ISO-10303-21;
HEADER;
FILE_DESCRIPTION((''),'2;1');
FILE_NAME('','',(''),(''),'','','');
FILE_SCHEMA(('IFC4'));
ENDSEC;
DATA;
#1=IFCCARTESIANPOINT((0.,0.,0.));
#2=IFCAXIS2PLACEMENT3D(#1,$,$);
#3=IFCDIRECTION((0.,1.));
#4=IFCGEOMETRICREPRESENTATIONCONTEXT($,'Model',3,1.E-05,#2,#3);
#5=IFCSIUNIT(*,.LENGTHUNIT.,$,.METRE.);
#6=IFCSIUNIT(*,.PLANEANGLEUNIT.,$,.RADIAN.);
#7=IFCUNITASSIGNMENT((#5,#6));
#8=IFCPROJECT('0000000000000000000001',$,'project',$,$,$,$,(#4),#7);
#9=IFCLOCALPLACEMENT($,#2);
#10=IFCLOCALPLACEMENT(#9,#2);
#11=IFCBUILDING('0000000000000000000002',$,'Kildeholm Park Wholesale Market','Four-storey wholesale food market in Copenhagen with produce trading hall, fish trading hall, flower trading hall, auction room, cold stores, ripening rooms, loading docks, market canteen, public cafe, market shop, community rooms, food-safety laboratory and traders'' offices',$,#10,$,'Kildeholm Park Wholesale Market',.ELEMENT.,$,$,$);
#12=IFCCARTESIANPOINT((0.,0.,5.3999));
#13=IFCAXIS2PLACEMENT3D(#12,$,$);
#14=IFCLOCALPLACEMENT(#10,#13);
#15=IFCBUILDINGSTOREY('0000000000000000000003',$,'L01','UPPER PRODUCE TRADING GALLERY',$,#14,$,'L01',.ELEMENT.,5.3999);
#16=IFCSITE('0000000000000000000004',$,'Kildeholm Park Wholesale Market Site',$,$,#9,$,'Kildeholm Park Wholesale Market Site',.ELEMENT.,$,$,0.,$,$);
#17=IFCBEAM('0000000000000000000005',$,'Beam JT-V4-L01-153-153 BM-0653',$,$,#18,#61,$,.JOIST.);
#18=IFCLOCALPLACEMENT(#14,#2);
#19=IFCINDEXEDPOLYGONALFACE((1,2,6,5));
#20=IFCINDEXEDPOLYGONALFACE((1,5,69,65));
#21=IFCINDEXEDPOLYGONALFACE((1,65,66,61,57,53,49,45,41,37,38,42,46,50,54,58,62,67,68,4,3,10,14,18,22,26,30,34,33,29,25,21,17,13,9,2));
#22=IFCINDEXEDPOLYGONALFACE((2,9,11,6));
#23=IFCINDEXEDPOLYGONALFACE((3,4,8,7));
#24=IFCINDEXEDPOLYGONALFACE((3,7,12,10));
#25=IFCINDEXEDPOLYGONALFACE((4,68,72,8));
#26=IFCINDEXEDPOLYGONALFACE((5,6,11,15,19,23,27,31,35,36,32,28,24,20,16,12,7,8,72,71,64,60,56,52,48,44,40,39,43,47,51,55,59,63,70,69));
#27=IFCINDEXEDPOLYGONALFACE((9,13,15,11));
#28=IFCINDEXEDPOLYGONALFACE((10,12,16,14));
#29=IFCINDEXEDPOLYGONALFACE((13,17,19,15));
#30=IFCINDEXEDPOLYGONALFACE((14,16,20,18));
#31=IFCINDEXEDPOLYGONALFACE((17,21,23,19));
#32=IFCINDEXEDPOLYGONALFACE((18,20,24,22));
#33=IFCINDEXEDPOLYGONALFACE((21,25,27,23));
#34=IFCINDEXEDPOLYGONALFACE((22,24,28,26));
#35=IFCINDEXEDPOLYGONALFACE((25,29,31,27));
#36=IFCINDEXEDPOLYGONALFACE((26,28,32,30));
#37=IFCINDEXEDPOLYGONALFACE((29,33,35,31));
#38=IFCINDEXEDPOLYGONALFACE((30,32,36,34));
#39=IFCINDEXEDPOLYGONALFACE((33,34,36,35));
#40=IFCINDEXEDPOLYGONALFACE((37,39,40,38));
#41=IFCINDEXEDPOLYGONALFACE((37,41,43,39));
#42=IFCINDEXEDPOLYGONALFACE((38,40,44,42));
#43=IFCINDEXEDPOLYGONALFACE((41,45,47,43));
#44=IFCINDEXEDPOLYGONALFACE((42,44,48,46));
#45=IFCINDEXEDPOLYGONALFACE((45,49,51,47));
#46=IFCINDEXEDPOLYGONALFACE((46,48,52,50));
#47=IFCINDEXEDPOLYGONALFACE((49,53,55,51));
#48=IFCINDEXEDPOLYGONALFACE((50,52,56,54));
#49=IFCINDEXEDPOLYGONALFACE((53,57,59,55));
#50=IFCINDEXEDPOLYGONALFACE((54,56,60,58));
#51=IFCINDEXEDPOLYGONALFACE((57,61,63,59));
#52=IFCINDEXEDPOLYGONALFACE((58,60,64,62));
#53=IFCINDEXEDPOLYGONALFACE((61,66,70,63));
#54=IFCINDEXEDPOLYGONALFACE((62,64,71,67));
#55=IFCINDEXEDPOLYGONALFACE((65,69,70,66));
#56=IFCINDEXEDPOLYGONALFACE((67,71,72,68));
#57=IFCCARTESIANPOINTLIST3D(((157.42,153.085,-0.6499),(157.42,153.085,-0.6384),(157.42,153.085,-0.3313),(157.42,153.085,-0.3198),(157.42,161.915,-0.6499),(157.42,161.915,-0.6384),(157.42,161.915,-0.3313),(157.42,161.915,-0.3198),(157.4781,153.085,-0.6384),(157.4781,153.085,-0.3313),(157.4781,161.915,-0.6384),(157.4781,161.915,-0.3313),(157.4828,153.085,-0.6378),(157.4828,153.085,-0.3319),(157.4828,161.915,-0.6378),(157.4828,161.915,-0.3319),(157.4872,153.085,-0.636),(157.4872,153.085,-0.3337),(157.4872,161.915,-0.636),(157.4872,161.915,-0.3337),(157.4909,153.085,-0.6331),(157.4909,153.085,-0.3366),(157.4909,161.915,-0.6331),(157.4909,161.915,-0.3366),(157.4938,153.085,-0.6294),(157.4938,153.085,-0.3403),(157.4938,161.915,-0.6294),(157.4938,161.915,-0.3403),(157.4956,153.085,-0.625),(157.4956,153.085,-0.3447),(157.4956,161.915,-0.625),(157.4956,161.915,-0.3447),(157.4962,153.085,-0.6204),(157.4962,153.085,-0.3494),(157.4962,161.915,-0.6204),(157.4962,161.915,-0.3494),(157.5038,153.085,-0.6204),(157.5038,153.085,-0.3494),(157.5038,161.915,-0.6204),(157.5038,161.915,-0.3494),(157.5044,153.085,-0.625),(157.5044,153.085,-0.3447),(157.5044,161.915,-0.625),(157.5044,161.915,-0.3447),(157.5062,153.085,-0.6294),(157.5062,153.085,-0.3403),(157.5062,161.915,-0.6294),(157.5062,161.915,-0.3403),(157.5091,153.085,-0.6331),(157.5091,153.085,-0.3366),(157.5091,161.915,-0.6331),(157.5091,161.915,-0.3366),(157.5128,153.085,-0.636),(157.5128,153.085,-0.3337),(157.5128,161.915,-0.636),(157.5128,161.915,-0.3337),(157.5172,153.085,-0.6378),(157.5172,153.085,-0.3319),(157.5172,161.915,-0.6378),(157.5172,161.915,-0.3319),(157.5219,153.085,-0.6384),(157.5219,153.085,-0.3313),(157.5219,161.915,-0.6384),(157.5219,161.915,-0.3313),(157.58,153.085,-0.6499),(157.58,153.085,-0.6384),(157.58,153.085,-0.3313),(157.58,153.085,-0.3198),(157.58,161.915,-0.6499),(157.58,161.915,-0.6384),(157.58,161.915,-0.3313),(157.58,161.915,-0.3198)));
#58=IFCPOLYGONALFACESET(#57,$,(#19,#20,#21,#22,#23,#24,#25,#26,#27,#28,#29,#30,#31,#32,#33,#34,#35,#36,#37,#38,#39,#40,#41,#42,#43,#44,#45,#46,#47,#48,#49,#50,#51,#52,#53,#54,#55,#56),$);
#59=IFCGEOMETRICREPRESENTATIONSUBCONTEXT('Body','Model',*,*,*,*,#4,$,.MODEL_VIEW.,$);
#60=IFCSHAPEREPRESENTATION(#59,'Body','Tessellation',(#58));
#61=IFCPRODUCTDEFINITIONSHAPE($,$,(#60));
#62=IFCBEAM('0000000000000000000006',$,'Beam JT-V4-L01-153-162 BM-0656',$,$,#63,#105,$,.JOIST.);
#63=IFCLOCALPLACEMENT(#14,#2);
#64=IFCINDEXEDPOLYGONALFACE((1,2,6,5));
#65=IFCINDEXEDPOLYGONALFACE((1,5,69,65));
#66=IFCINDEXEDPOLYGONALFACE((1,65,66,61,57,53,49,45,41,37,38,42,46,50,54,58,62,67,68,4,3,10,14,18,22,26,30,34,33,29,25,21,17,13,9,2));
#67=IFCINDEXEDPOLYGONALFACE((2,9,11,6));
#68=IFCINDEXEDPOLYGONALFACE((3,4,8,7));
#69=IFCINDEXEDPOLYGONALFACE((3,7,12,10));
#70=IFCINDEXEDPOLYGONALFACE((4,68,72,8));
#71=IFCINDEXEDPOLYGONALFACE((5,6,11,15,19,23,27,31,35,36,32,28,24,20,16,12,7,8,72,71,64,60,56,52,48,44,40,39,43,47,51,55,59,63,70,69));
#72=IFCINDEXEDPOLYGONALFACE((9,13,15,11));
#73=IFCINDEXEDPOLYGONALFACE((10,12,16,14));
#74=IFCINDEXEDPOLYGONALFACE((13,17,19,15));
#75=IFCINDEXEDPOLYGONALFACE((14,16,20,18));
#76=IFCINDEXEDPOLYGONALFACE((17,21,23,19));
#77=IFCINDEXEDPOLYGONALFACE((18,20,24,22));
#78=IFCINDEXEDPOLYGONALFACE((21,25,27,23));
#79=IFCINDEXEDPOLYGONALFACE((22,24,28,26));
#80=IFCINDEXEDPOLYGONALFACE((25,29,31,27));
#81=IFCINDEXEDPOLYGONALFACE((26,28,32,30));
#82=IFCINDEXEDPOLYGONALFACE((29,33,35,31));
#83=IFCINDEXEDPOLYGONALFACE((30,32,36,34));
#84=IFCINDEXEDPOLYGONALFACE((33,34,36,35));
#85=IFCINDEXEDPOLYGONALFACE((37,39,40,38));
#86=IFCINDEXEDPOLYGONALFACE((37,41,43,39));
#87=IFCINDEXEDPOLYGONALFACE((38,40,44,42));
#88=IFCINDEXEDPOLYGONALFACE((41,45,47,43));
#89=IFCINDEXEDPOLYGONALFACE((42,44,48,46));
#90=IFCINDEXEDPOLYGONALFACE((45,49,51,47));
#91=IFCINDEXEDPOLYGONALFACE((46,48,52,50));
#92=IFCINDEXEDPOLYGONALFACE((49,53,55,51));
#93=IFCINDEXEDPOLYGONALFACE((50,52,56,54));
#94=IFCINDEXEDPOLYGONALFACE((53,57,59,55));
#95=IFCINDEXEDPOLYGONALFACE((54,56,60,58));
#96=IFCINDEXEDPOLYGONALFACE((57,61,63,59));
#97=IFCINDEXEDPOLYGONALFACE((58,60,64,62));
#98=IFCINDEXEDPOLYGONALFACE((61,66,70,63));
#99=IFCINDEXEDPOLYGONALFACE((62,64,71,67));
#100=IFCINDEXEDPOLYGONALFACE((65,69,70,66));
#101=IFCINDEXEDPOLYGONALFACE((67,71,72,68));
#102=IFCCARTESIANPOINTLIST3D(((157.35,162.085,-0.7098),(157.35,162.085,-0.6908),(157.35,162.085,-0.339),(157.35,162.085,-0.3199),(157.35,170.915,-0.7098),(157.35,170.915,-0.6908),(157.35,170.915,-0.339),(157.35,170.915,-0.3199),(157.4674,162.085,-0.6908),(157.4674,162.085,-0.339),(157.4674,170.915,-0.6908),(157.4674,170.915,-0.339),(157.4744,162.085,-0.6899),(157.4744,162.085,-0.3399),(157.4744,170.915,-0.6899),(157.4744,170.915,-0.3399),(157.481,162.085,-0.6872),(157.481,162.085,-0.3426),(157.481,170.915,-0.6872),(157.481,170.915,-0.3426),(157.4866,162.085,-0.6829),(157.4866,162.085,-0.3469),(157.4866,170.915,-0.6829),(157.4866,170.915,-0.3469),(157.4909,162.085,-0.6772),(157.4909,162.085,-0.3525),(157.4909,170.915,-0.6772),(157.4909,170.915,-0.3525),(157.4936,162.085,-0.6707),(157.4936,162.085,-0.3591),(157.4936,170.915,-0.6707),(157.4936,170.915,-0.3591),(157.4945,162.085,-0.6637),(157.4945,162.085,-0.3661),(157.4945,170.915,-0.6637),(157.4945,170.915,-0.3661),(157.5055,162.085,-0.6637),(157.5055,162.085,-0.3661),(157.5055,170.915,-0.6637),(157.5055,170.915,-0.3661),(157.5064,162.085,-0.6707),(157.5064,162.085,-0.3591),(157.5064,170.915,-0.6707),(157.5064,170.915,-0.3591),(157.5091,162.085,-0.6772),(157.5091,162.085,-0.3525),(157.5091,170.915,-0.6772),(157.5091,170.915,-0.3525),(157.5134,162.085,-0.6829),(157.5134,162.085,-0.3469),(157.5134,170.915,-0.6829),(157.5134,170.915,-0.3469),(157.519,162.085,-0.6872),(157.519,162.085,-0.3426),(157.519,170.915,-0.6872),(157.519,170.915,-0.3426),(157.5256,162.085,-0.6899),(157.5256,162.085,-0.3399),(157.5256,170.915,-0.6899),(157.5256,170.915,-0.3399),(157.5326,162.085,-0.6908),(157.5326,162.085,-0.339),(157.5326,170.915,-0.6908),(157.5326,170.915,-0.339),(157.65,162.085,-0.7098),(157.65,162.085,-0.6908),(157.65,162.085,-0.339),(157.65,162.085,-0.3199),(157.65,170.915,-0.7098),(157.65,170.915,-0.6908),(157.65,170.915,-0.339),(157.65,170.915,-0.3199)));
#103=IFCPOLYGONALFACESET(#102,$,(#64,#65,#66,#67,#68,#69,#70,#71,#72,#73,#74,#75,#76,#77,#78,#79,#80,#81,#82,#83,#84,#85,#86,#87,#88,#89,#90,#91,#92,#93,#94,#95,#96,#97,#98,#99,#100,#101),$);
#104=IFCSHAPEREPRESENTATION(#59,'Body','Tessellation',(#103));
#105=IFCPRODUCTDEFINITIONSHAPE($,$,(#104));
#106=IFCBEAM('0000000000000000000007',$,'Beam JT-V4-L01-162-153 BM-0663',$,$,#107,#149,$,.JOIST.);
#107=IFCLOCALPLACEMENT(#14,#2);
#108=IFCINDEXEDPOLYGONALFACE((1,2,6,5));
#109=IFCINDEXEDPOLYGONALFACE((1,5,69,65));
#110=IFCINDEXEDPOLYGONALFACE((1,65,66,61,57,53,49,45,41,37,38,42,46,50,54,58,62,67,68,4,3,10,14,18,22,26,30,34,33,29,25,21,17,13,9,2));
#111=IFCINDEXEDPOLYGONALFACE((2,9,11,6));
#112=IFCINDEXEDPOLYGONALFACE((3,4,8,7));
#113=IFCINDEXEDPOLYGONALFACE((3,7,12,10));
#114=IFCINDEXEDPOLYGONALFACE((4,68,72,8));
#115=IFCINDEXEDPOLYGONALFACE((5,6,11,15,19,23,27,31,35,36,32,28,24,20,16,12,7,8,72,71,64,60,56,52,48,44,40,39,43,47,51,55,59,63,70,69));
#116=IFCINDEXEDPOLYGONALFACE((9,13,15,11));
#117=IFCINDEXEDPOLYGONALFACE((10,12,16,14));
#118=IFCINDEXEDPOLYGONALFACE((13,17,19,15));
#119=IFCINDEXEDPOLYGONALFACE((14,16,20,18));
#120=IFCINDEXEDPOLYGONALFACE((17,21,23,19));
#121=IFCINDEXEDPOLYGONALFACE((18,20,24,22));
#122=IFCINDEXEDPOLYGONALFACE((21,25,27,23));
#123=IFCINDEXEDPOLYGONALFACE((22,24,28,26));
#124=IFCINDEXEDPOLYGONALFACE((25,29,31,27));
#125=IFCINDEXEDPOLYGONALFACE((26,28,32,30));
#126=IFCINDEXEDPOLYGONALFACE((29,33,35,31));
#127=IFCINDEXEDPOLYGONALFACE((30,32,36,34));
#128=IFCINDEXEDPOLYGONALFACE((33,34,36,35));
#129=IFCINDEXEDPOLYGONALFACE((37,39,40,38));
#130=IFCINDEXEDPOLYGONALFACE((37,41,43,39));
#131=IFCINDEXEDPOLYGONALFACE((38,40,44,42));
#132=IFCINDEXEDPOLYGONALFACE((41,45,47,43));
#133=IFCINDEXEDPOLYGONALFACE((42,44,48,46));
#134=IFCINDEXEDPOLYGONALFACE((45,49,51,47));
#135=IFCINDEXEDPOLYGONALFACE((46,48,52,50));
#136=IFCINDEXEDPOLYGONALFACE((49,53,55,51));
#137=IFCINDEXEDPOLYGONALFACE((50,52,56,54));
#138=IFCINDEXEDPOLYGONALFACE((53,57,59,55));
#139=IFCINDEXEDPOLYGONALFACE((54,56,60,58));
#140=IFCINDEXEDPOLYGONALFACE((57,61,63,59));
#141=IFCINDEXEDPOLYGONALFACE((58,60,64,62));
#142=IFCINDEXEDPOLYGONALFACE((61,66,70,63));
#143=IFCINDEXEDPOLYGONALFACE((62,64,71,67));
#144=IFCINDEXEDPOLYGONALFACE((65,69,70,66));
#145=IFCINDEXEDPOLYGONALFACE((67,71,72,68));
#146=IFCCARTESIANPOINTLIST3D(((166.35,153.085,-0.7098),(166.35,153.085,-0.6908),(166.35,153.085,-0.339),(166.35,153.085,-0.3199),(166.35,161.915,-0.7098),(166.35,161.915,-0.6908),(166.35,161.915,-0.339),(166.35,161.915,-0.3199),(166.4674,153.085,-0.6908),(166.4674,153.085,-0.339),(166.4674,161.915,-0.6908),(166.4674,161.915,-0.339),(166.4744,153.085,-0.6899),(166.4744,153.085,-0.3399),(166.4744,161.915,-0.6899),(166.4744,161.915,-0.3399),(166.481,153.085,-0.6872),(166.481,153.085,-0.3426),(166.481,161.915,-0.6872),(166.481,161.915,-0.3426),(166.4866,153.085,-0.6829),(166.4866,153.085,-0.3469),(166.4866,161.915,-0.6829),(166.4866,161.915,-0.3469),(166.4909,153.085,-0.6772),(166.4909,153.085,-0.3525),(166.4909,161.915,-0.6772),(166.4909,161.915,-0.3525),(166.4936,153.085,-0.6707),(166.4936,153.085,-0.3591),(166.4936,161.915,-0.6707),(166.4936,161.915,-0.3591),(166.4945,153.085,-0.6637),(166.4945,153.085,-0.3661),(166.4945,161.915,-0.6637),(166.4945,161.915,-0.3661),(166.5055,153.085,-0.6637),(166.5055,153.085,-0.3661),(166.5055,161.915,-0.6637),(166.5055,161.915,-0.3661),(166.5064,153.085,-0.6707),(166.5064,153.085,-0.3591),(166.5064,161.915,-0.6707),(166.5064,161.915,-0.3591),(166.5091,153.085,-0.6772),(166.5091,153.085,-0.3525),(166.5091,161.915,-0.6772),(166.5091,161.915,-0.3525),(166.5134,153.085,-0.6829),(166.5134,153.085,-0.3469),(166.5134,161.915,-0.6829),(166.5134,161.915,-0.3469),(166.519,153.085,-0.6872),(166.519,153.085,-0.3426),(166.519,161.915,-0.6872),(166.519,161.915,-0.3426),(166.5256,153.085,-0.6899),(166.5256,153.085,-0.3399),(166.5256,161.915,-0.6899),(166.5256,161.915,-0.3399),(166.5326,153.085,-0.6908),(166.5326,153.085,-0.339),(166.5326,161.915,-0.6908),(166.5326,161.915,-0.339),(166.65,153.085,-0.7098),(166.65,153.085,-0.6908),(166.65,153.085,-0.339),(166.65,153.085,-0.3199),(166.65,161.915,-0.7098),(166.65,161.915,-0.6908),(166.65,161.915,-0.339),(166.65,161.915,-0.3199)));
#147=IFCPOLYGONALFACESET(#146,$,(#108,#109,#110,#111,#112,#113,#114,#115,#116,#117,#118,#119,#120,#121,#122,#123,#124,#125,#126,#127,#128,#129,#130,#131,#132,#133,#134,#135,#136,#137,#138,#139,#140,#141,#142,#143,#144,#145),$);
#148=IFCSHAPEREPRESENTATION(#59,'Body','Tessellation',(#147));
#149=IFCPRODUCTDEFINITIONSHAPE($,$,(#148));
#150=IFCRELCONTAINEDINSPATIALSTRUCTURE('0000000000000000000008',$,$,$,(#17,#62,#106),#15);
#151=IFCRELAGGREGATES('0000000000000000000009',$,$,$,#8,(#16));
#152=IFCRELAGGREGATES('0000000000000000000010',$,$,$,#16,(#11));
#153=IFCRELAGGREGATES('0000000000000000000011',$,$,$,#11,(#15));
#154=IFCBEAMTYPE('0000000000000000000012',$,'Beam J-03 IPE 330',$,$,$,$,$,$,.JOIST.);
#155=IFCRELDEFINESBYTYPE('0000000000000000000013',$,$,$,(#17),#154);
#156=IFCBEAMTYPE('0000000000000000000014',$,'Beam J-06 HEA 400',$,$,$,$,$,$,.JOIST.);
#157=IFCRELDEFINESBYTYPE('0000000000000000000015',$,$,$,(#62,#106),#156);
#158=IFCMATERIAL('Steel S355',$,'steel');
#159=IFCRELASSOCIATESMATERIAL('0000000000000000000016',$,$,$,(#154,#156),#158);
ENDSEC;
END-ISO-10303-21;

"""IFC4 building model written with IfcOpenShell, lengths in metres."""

from ifc_helpers import new_model, si_unit, direction, frame, origin, origin_2d, place, context, subcontext, project, spatial, i_section, extrude, material, material_profile, profile_set, type_object, element, save


model = new_model("IFC4")

# Units and contexts
model_context = context("Model", 3, precision=1e-05, world=origin(), true_north=direction((0.0, 1.0)))
body_context = subcontext(model_context, "Body", "Model", "MODEL_VIEW")
ifc_project = project(units=[si_unit("LENGTHUNIT", "METRE"), si_unit("PLANEANGLEUNIT", "RADIAN")], contexts=[model_context])

# Site, building, storey
site_placement = place(None, origin())
site = spatial("IfcSite", under=ifc_project, at=site_placement, Name="Kildeholm Park Wholesale Market Site", LongName="Kildeholm Park Wholesale Market Site", CompositionType="ELEMENT", RefElevation=0.0)
building_placement = place(site_placement, origin())
building = spatial("IfcBuilding", under=site, at=building_placement, Name="Kildeholm Park Wholesale Market", Description="Four-storey wholesale food market in Copenhagen with produce trading hall, fish trading hall, flower trading hall, auction room, cold stores, ripening rooms, loading docks, market canteen, public cafe, market shop, community rooms, food-safety laboratory and traders' offices", LongName="Kildeholm Park Wholesale Market", CompositionType="ELEMENT")
storey_placement = place(building_placement, frame((0.0, 0.0, 5.3999)))
storey = spatial("IfcBuildingStorey", under=building, at=storey_placement, Name="L01", Description="UPPER PRODUCE TRADING GALLERY", LongName="L01", CompositionType="ELEMENT", Elevation=5.3999)

# Beams
ifc_material_1 = material(Name="Steel S355", Category="steel")
ifc_material_profile_1 = material_profile(ifc_material_1, i_section(OverallWidth=0.1599, OverallDepth=0.3301, WebThickness=0.0076, FlangeThickness=0.0115, FilletRadius=0.0181, at=origin_2d()), Name="IPE 330")
ifc_profile_set_1 = profile_set([ifc_material_profile_1], Name="Steel S355")
beam_type_1 = type_object("IfcBeamType", Name="Beam J-03 IPE 330", PredefinedType="JOIST", material=ifc_profile_set_1)
beam_1_placement = place(storey_placement, frame((157.5, 153.085, -0.4849), z_axis=(0.0, 1.0, 0.0), x_axis=(-1.0, 0.0, 0.0)))
element("IfcBeam", 1, at=beam_1_placement, inside=storey, type_object=beam_type_1, Name="Beam JT-V4-L01-153-153 BM-0653", PredefinedType="JOIST", context=body_context, shape_type="SweptSolid", body=[
    extrude(i_section(OverallWidth=0.1599, OverallDepth=0.3301, WebThickness=0.0076, FlangeThickness=0.0115, FilletRadius=0.0181, at=origin_2d()), origin(), (0.0, 0.0, 1.0), 8.8301),
])
ifc_material_profile_2 = material_profile(ifc_material_1, i_section(OverallWidth=0.3, OverallDepth=0.3899, WebThickness=0.011, FlangeThickness=0.019, FilletRadius=0.0271, at=origin_2d()), Name="HEA 400")
ifc_profile_set_2 = profile_set([ifc_material_profile_2], Name="Steel S355")
beam_type_2 = type_object("IfcBeamType", Name="Beam J-06 HEA 400", PredefinedType="JOIST", material=ifc_profile_set_2)
for number, where, z_axis, x_axis, name in (
    (2, (157.5, 162.085, -0.5149), (0.0, 1.0, 0.0), (-1.0, 0.0, 0.0), "Beam JT-V4-L01-153-162 BM-0656"),
    (3, (166.5, 153.085, -0.5149), (0.0, 1.0, 0.0), (-1.0, 0.0, 0.0), "Beam JT-V4-L01-162-153 BM-0663"),
):
    element("IfcBeam", number, at=place(storey_placement, frame(where, z_axis=z_axis, x_axis=x_axis)), inside=storey, type_object=beam_type_2, Name=name, PredefinedType="JOIST", context=body_context, shape_type="SweptSolid", body=[
        extrude(i_section(OverallWidth=0.3, OverallDepth=0.3899, WebThickness=0.011, FlangeThickness=0.019, FilletRadius=0.0271, at=origin_2d()), origin(), (0.0, 0.0, 1.0), 8.8301),
    ])

save(model, "model.ifc")
